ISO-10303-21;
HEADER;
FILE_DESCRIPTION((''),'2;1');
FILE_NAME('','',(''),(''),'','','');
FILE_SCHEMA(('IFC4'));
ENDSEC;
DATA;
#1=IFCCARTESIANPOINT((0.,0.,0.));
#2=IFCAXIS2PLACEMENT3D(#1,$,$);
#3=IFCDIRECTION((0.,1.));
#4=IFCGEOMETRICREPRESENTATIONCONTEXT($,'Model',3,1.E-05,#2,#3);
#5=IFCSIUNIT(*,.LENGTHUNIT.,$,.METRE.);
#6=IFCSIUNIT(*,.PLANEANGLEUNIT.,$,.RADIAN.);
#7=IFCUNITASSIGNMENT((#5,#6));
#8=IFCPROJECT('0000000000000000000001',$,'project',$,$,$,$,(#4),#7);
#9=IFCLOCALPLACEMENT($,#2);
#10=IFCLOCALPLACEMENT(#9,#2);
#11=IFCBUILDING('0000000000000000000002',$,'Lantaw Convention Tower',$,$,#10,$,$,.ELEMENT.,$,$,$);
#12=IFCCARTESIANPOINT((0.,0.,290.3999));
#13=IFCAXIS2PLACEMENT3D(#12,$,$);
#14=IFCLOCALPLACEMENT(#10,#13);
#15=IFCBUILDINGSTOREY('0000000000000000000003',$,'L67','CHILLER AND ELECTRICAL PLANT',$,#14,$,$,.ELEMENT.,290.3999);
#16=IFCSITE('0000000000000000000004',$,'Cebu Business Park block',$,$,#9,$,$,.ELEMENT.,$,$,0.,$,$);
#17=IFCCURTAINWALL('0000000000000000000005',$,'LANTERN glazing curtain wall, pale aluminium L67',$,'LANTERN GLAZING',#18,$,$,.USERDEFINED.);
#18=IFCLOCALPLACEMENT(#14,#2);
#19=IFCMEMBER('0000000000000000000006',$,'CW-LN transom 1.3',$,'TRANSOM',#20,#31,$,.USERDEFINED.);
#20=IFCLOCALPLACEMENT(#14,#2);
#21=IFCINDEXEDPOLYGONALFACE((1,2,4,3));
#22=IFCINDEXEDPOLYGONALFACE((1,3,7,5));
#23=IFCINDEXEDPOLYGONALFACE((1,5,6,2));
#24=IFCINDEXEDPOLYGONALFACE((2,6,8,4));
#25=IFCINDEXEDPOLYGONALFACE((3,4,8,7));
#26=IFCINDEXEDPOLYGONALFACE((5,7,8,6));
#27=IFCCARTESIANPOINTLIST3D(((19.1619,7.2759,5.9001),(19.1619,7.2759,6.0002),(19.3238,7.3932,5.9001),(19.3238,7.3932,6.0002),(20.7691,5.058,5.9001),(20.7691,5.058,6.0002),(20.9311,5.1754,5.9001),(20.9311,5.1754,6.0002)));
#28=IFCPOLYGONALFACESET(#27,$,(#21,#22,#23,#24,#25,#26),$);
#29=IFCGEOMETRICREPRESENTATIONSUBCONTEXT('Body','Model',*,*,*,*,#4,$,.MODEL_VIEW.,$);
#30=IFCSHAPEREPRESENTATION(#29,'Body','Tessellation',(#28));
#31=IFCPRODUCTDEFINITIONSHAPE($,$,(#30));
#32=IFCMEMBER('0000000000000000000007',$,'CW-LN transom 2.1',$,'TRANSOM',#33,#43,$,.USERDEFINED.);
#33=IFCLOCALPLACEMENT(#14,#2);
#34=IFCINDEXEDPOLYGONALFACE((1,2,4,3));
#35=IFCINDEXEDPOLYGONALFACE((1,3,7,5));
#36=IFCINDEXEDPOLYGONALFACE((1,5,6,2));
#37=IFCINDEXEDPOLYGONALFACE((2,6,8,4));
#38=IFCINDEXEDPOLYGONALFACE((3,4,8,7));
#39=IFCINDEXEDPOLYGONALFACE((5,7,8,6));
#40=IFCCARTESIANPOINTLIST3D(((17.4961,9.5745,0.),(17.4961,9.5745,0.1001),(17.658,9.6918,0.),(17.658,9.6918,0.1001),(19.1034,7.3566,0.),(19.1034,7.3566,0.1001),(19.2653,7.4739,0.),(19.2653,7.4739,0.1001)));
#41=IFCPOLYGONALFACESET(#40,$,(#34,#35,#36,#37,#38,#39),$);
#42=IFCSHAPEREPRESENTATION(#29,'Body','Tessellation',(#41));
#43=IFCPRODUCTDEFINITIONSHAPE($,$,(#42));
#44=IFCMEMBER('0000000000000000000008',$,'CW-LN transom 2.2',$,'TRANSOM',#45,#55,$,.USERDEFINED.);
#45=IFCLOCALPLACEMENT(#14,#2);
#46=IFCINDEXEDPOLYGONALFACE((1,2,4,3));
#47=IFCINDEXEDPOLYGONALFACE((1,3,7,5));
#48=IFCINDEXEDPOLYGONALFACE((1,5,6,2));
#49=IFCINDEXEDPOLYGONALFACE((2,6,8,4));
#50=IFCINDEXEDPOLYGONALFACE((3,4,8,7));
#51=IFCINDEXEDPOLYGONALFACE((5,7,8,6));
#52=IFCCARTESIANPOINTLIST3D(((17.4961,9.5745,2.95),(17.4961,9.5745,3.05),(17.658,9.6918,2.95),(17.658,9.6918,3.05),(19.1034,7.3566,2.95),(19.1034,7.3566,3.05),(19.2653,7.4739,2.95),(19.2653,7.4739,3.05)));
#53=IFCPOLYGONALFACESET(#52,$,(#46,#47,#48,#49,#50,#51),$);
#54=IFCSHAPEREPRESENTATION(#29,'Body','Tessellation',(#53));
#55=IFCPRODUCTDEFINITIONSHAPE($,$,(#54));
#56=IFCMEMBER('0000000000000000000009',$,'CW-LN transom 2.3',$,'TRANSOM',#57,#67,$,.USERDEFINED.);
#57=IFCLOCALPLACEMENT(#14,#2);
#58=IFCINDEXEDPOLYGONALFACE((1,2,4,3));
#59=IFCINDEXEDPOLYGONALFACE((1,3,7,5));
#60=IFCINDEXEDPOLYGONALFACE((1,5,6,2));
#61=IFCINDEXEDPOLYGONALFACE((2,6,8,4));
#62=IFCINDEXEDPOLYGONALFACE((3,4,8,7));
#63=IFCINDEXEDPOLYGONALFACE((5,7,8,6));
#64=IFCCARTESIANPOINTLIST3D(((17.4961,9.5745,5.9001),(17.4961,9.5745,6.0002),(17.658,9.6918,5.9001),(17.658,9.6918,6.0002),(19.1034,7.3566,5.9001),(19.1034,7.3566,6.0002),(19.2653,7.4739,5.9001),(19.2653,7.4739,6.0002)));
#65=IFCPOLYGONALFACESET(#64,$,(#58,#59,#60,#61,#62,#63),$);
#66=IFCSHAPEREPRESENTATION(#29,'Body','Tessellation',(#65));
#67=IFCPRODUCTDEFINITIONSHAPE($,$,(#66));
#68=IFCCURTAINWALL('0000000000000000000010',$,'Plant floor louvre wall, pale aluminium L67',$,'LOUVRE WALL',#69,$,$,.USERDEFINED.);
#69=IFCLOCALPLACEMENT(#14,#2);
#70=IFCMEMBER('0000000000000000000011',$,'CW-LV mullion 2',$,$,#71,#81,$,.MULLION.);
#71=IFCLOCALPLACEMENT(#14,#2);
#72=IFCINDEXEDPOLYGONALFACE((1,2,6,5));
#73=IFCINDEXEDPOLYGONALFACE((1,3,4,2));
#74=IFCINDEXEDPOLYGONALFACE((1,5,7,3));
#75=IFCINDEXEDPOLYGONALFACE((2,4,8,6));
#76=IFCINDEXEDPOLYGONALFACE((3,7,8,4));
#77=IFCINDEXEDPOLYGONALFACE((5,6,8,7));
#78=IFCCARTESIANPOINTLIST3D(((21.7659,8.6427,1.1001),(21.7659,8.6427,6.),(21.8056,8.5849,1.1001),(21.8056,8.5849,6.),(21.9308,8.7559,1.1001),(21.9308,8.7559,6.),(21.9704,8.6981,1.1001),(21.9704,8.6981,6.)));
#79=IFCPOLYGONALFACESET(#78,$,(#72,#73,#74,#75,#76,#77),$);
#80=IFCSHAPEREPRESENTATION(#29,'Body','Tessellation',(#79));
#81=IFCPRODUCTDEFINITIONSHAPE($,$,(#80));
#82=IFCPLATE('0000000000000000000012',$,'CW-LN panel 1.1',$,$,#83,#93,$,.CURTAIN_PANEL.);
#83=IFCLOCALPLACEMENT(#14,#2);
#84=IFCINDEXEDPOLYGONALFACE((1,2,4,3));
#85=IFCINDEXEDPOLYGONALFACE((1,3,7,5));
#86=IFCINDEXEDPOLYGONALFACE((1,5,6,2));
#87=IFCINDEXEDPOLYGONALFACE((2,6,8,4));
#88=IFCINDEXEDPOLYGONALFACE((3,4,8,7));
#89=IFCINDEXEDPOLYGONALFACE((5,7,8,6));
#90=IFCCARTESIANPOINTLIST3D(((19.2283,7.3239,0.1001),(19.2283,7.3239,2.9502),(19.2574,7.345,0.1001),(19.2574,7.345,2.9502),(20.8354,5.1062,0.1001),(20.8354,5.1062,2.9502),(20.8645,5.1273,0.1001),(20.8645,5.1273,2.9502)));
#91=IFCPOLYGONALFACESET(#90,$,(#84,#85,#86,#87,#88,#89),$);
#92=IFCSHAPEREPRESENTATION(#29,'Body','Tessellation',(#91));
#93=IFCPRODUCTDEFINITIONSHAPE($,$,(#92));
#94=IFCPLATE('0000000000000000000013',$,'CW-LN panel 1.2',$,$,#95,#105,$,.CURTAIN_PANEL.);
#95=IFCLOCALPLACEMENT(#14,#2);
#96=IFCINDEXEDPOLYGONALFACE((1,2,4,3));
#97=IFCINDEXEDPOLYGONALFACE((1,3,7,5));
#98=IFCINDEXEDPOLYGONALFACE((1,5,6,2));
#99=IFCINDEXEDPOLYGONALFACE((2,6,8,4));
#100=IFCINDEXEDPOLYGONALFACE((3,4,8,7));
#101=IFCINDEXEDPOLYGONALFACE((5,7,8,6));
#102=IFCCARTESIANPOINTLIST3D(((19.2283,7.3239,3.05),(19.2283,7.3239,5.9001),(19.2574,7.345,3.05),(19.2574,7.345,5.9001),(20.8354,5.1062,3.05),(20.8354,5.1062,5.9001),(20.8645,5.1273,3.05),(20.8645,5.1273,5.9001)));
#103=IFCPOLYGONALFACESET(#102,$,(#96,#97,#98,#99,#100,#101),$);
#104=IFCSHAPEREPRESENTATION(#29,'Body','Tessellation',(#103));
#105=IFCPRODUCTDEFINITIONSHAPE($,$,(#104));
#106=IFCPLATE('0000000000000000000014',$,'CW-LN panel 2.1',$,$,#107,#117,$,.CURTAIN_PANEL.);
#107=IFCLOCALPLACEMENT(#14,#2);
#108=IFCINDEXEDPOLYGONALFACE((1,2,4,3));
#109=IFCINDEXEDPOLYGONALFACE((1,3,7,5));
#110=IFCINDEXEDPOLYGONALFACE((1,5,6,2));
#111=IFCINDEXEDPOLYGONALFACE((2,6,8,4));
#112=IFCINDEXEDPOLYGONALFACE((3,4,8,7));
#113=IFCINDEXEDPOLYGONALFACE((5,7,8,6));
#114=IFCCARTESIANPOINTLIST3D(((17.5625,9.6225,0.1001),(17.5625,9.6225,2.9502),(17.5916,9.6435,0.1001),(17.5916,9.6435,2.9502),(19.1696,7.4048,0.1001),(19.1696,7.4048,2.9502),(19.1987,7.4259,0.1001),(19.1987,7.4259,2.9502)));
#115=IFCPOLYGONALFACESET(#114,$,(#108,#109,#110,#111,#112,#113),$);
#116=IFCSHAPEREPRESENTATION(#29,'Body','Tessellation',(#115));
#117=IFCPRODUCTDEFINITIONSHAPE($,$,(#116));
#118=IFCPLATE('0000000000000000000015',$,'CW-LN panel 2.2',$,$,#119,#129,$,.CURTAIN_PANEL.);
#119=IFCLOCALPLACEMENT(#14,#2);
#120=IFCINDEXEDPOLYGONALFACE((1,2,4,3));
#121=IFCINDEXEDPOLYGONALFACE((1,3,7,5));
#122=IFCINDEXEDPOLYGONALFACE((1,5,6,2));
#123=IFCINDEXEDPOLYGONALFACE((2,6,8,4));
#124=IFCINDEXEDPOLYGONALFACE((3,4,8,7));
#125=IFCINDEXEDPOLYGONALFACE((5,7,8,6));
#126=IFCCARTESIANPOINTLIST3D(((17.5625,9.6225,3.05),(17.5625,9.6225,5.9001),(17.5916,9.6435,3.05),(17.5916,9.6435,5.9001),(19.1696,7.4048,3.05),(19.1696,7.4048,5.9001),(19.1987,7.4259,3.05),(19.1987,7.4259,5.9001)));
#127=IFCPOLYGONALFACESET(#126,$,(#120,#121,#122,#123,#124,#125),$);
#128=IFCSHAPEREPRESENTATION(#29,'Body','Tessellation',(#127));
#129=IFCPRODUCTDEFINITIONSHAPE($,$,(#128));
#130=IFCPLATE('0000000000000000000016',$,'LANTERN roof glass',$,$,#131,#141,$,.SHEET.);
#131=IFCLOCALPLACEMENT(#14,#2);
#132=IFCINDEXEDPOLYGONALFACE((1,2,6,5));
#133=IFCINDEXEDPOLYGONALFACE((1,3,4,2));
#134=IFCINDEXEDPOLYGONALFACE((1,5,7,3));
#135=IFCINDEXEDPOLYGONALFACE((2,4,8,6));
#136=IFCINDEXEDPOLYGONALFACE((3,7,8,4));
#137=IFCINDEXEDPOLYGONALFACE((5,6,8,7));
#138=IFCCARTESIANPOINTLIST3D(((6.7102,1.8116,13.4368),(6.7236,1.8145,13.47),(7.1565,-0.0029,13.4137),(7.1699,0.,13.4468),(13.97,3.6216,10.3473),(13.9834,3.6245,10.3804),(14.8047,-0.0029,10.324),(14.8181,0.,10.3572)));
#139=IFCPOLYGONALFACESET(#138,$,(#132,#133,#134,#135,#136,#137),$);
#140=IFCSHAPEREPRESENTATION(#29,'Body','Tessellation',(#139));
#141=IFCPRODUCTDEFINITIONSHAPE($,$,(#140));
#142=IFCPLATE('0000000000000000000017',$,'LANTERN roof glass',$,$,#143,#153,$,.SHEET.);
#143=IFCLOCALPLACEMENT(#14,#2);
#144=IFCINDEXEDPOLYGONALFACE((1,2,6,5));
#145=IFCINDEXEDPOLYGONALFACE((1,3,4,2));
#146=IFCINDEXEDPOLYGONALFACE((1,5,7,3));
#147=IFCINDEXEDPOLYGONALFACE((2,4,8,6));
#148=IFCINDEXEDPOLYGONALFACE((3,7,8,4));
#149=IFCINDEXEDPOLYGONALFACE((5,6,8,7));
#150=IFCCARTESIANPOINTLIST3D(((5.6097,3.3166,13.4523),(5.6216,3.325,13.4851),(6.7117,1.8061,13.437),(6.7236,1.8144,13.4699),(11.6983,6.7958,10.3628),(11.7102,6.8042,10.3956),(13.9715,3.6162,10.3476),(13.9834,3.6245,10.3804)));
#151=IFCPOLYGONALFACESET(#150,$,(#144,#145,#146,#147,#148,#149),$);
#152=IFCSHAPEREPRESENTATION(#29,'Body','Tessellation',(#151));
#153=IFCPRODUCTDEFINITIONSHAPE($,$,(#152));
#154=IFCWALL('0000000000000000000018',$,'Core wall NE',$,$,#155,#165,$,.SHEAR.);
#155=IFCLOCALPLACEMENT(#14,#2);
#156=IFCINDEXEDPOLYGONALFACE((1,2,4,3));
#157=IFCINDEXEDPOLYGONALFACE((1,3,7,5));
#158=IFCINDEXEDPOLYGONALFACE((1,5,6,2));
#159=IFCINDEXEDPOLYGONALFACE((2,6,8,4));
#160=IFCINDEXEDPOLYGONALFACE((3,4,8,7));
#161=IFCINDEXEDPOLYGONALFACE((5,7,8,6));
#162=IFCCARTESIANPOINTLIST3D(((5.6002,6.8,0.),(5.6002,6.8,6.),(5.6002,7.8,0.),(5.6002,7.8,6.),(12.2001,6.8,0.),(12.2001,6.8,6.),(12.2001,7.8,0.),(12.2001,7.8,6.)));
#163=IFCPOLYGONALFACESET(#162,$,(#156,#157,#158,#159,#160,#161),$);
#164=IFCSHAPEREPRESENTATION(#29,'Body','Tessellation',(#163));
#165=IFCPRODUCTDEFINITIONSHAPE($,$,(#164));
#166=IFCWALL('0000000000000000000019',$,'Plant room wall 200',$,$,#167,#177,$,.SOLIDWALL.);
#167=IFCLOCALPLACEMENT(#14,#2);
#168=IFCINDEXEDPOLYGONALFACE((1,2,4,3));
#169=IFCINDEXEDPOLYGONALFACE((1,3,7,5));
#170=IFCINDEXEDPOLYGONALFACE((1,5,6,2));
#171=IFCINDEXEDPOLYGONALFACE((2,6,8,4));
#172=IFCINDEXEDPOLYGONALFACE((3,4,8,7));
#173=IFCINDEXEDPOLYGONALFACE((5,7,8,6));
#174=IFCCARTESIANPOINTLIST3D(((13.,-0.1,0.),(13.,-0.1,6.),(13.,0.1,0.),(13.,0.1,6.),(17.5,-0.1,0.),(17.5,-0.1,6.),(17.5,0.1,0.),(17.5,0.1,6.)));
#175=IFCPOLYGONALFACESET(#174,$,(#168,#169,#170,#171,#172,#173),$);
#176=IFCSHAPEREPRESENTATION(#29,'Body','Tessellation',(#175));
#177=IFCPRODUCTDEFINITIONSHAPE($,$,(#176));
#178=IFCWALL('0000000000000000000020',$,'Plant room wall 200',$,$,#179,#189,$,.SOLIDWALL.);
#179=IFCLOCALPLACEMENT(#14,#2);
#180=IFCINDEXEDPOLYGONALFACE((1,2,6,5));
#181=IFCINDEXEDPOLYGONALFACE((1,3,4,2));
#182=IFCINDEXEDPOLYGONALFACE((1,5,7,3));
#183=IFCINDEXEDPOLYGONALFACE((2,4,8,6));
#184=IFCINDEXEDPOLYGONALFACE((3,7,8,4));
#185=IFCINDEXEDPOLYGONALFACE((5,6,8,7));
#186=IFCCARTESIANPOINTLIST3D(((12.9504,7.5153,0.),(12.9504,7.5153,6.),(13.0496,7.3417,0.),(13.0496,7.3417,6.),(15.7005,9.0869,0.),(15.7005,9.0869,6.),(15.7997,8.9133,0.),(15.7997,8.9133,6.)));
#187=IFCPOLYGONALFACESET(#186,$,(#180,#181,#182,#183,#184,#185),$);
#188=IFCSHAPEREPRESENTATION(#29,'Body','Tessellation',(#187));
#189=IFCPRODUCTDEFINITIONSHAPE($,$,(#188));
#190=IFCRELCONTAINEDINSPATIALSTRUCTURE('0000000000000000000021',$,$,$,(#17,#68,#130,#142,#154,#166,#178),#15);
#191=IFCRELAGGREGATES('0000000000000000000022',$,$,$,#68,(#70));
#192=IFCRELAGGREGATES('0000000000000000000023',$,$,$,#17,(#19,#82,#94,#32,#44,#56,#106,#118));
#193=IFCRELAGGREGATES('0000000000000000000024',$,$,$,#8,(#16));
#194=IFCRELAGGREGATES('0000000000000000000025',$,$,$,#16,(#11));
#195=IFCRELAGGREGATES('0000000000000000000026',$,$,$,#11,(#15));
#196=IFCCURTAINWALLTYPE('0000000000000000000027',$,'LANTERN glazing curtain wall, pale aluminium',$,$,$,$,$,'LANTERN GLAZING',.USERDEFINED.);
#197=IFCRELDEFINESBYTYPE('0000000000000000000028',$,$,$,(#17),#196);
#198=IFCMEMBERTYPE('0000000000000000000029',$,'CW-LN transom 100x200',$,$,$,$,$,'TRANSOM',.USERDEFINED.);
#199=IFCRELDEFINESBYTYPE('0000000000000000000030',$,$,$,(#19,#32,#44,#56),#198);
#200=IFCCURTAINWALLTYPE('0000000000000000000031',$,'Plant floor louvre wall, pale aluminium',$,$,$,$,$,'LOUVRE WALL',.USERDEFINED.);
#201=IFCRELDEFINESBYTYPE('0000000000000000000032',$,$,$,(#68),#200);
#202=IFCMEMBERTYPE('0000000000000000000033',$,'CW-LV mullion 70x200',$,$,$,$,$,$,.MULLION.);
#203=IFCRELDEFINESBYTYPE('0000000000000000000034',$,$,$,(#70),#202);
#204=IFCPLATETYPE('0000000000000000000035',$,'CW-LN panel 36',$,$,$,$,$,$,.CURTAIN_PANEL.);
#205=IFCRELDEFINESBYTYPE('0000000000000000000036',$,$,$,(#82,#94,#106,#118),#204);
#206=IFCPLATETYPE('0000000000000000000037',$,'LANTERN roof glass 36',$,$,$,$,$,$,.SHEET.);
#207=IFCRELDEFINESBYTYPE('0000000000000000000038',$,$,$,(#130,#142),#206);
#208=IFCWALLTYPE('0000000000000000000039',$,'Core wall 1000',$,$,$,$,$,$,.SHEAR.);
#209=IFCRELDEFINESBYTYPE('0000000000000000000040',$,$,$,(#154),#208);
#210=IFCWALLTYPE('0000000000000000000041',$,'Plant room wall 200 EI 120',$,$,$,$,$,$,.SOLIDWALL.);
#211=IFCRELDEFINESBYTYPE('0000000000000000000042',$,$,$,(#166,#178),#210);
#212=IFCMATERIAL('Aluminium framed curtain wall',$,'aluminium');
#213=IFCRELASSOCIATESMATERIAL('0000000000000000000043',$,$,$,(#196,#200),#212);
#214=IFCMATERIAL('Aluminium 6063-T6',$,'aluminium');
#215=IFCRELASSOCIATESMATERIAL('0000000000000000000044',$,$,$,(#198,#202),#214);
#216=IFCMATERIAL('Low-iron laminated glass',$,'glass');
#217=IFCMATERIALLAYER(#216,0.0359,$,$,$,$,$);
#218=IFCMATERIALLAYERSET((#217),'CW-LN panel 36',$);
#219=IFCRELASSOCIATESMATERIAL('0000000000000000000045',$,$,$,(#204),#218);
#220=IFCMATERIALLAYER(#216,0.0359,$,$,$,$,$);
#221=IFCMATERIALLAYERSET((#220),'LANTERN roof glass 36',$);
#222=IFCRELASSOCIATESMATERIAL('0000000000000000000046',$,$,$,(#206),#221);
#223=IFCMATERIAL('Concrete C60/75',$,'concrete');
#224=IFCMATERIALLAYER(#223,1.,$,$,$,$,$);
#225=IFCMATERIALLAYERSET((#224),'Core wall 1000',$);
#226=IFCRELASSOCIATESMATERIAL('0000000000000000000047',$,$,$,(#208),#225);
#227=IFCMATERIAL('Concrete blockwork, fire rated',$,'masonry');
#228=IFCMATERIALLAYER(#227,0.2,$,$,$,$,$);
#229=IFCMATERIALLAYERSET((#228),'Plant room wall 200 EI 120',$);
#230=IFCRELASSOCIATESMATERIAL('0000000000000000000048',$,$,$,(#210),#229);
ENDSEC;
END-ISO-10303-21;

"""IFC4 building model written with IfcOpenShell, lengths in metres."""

from ifc_helpers import new_model, si_unit, direction, frame, frame_2d, origin, origin_2d, place, context, subcontext, project, spatial, polyline, rectangle, outline, extrude, material, layer, layer_set, material_profile, profile_set, type_object, element, aggregate, save


model = new_model("IFC4")

# Units and contexts
model_context = context("Model", 3, precision=1e-05, world=origin(), true_north=direction((0.0, 1.0)))
body_context = subcontext(model_context, "Body", "Model", "MODEL_VIEW")
ifc_project = project(units=[si_unit("LENGTHUNIT", "METRE"), si_unit("PLANEANGLEUNIT", "RADIAN")], contexts=[model_context])

# Site, building, storey
site_placement = place(None, origin())
site = spatial("IfcSite", under=ifc_project, at=site_placement, Name="Cebu Business Park block", CompositionType="ELEMENT", RefElevation=0.0)
building_placement = place(site_placement, origin())
building = spatial("IfcBuilding", under=site, at=building_placement, Name="Lantaw Convention Tower", CompositionType="ELEMENT")
storey_placement = place(building_placement, frame((0.0, 0.0, 290.3999)))
storey = spatial("IfcBuildingStorey", under=building, at=storey_placement, Name="L67", Description="CHILLER AND ELECTRICAL PLANT", CompositionType="ELEMENT", Elevation=290.3999)

# Curtain wall, members
ifc_material_1 = material(Name="Aluminium framed curtain wall", Category="aluminium")
curtain_wall_type_1 = type_object("IfcCurtainWallType", Name="LANTERN glazing curtain wall, pale aluminium", ElementType="LANTERN GLAZING", PredefinedType="USERDEFINED", material=ifc_material_1)
curtain_wall_1_placement = place(storey_placement, origin())
curtain_wall_1 = element("IfcCurtainWall", 1, at=curtain_wall_1_placement, inside=storey, type_object=curtain_wall_type_1, Name="LANTERN glazing curtain wall, pale aluminium L67", ObjectType="LANTERN GLAZING", PredefinedType="USERDEFINED")
ifc_material_2 = material(Name="Aluminium 6063-T6", Category="aluminium")
ifc_material_profile_1 = material_profile(ifc_material_2, rectangle(XDim=0.2, YDim=0.1001, at=origin_2d()), Name="CW-LN transom 100x200")
ifc_profile_set_1 = profile_set([ifc_material_profile_1], Name="Aluminium 6063-T6")
member_type_1 = type_object("IfcMemberType", Name="CW-LN transom 100x200", ElementType="TRANSOM", PredefinedType="USERDEFINED", material=ifc_profile_set_1)
member_1_placement = place(storey_placement, frame((20.8501, 5.1167, 5.9502), z_axis=(-0.586798, 0.809733, 0.0), x_axis=(-0.809733, -0.586798, 0.0)))
member_1 = element("IfcMember", 2, at=member_1_placement, type_object=member_type_1, Name="CW-LN transom 1.3", ObjectType="TRANSOM", PredefinedType="USERDEFINED", context=body_context, shape_type="SweptSolid", body=[
    extrude(rectangle(XDim=0.2, YDim=0.1001, at=origin_2d()), origin(), (0.0, 0.0, 1.0), 2.739),
])
member_2_placement = place(storey_placement, frame((19.1843, 7.4153, 0.05), z_axis=(-0.586798, 0.809733, 0.0), x_axis=(-0.809733, -0.586798, 0.0)))
member_2 = element("IfcMember", 3, at=member_2_placement, type_object=member_type_1, Name="CW-LN transom 2.1", ObjectType="TRANSOM", PredefinedType="USERDEFINED", context=body_context, shape_type="SweptSolid", body=[
    extrude(rectangle(XDim=0.2, YDim=0.1001, at=origin_2d()), origin(), (0.0, 0.0, 1.0), 2.739),
])
member_3_placement = place(storey_placement, frame((19.1843, 7.4153, 3.0), z_axis=(-0.586798, 0.809733, 0.0), x_axis=(-0.809733, -0.586798, 0.0)))
member_3 = element("IfcMember", 4, at=member_3_placement, type_object=member_type_1, Name="CW-LN transom 2.2", ObjectType="TRANSOM", PredefinedType="USERDEFINED", context=body_context, shape_type="SweptSolid", body=[
    extrude(rectangle(XDim=0.2, YDim=0.1001, at=origin_2d()), origin(), (0.0, 0.0, 1.0), 2.739),
])
member_4_placement = place(storey_placement, frame((19.1843, 7.4153, 5.9502), z_axis=(-0.586798, 0.809733, 0.0), x_axis=(-0.809733, -0.586798, 0.0)))
member_4 = element("IfcMember", 5, at=member_4_placement, type_object=member_type_1, Name="CW-LN transom 2.3", ObjectType="TRANSOM", PredefinedType="USERDEFINED", context=body_context, shape_type="SweptSolid", body=[
    extrude(rectangle(XDim=0.2, YDim=0.1001, at=origin_2d()), origin(), (0.0, 0.0, 1.0), 2.739),
])

# Curtain wall, member
curtain_wall_type_2 = type_object("IfcCurtainWallType", Name="Plant floor louvre wall, pale aluminium", ElementType="LOUVRE WALL", PredefinedType="USERDEFINED", material=ifc_material_1)
curtain_wall_2_placement = place(storey_placement, origin())
curtain_wall_2 = element("IfcCurtainWall", 6, at=curtain_wall_2_placement, inside=storey, type_object=curtain_wall_type_2, Name="Plant floor louvre wall, pale aluminium L67", ObjectType="LOUVRE WALL", PredefinedType="USERDEFINED")
ifc_material_profile_2 = material_profile(ifc_material_2, rectangle(XDim=0.2, YDim=0.0701, at=origin_2d()), Name="CW-LV mullion 70x200")
ifc_profile_set_2 = profile_set([ifc_material_profile_2], Name="Aluminium 6063-T6")
member_type_2 = type_object("IfcMemberType", Name="CW-LV mullion 70x200", PredefinedType="MULLION", material=ifc_profile_set_2)
member_5_placement = place(storey_placement, frame((21.8682, 8.6704, 1.1001), z_axis=(0.0, 0.0, 1.0), x_axis=(-0.82445, -0.565935, 0.0)))
member_5 = element("IfcMember", 7, at=member_5_placement, type_object=member_type_2, Name="CW-LV mullion 2", PredefinedType="MULLION", context=body_context, shape_type="SweptSolid", body=[
    extrude(rectangle(XDim=0.2, YDim=0.0701, at=origin_2d()), origin(), (0.0, 0.0, 1.0), 4.8999),
])
aggregate(curtain_wall_2, [member_5])

# Plates
ifc_material_3 = material(Name="Low-iron laminated glass", Category="glass")
ifc_layer_1 = layer(ifc_material_3, 0.0359)
ifc_layer_set_1 = layer_set([ifc_layer_1], Name="CW-LN panel 36")
plate_type_1 = type_object("IfcPlateType", Name="CW-LN panel 36", PredefinedType="CURTAIN_PANEL", material=ifc_layer_set_1)
plate_1_placement = place(storey_placement, frame((20.0464, 6.2256, 0.1001), z_axis=(0.0, 0.0, 1.0), x_axis=(-0.586786, 0.809742, 0.0)))
plate_1 = element("IfcPlate", 8, at=plate_1_placement, type_object=plate_type_1, Name="CW-LN panel 1.1", PredefinedType="CURTAIN_PANEL", context=body_context, shape_type="SweptSolid", body=[
    extrude(rectangle(XDim=2.7388, YDim=0.0359, at=origin_2d()), origin(), (0.0, 0.0, 1.0), 2.8501),
])
plate_2_placement = place(storey_placement, frame((20.0464, 6.2256, 3.05), z_axis=(0.0, 0.0, 1.0), x_axis=(-0.586786, 0.809742, 0.0)))
plate_2 = element("IfcPlate", 9, at=plate_2_placement, type_object=plate_type_1, Name="CW-LN panel 1.2", PredefinedType="CURTAIN_PANEL", context=body_context, shape_type="SweptSolid", body=[
    extrude(rectangle(XDim=2.7388, YDim=0.0359, at=origin_2d()), origin(), (0.0, 0.0, 1.0), 2.8501),
])
plate_3_placement = place(storey_placement, frame((18.3806, 8.5242, 0.1001), z_axis=(0.0, 0.0, 1.0), x_axis=(-0.586786, 0.809742, 0.0)))
plate_3 = element("IfcPlate", 10, at=plate_3_placement, type_object=plate_type_1, Name="CW-LN panel 2.1", PredefinedType="CURTAIN_PANEL", context=body_context, shape_type="SweptSolid", body=[
    extrude(rectangle(XDim=2.7388, YDim=0.0359, at=origin_2d()), origin(), (0.0, 0.0, 1.0), 2.8501),
])
plate_4_placement = place(storey_placement, frame((18.3806, 8.5242, 3.05), z_axis=(0.0, 0.0, 1.0), x_axis=(-0.586786, 0.809742, 0.0)))
plate_4 = element("IfcPlate", 11, at=plate_4_placement, type_object=plate_type_1, Name="CW-LN panel 2.2", PredefinedType="CURTAIN_PANEL", context=body_context, shape_type="SweptSolid", body=[
    extrude(rectangle(XDim=2.7388, YDim=0.0359, at=origin_2d()), origin(), (0.0, 0.0, 1.0), 2.8501),
])
aggregate(curtain_wall_1, [member_1, plate_1, plate_2, member_2, member_3, member_4, plate_3, plate_4])

# Plates
ifc_layer_2 = layer(ifc_material_3, 0.0359)
ifc_layer_set_2 = layer_set([ifc_layer_2], Name="LANTERN roof glass 36")
plate_type_2 = type_object("IfcPlateType", Name="LANTERN roof glass 36", PredefinedType="SHEET", material=ifc_layer_set_2)
plate_5_placement = place(storey_placement, frame((14.8181, 0.0, 10.3572), z_axis=(0.373362, 0.080053, 0.924225), x_axis=(-0.224413, 0.974474, 0.006251)))
element("IfcPlate", 12, at=plate_5_placement, inside=storey, type_object=plate_type_2, Name="LANTERN roof glass", PredefinedType="SHEET", context=body_context, shape_type="SweptSolid", body=[
    extrude(outline(polyline([(0.0, 0.0), (3.7195, 0.0), (3.6041, 8.094), (1.7357, 8.064), (0.0, 0.0)])), origin(), (0.0, 0.0, -1.0), 0.0359),
])
plate_6_placement = place(storey_placement, frame((13.9834, 3.6245, 10.3804), z_axis=(0.331221, 0.232409, 0.914483), x_axis=(-0.581581, 0.813479, 0.003906)))
element("IfcPlate", 13, at=plate_6_placement, inside=storey, type_object=plate_type_2, Name="LANTERN roof glass", PredefinedType="SHEET", context=body_context, shape_type="SweptSolid", body=[
    extrude(outline(polyline([(0.0, 0.0), (3.9087, 0.0), (4.6315, 7.6288), (2.7618, 7.6091), (0.0, 0.0)])), origin(), (0.0, 0.0, -1.0), 0.0359),
])

# Walls
ifc_material_4 = material(Name="Concrete C60/75", Category="concrete")
ifc_layer_3 = layer(ifc_material_4, 1.0)
ifc_layer_set_3 = layer_set([ifc_layer_3], Name="Core wall 1000")
wall_type_1 = type_object("IfcWallType", Name="Core wall 1000", PredefinedType="SHEAR", material=ifc_layer_set_3)
wall_1_placement = place(storey_placement, frame((12.2, 7.3, 0.0), z_axis=(0.0, 0.0, 1.0), x_axis=(-1.0, 0.0, 0.0)))
element("IfcWall", 14, at=wall_1_placement, inside=storey, type_object=wall_type_1, Name="Core wall NE", PredefinedType="SHEAR", context=body_context, shape_type="SweptSolid", body=[
    extrude(rectangle(XDim=6.5999, YDim=1.0, at=frame_2d((3.2998, 0.0))), origin(), (0.0, 0.0, 1.0), 6.0),
])
ifc_material_5 = material(Name="Concrete blockwork, fire rated", Category="masonry")
ifc_layer_4 = layer(ifc_material_5, 0.2)
ifc_layer_set_4 = layer_set([ifc_layer_4], Name="Plant room wall 200 EI 120")
wall_type_2 = type_object("IfcWallType", Name="Plant room wall 200 EI 120", PredefinedType="SOLIDWALL", material=ifc_layer_set_4)
wall_2_placement = place(storey_placement, frame((13.0, 0.0, 0.0), z_axis=(0.0, 0.0, 1.0), x_axis=(1.0, 0.0, 0.0)))
element("IfcWall", 15, at=wall_2_placement, inside=storey, type_object=wall_type_2, Name="Plant room wall 200", PredefinedType="SOLIDWALL", context=body_context, shape_type="SweptSolid", body=[
    extrude(rectangle(XDim=4.5, YDim=0.2, at=frame_2d((2.25, 0.0))), origin(), (0.0, 0.0, 1.0), 6.0),
])
wall_3_placement = place(storey_placement, frame((13.0, 7.4285, 0.0), z_axis=(0.0, 0.0, 1.0), x_axis=(0.868229, 0.496164, 0.0)))
element("IfcWall", 16, at=wall_3_placement, inside=storey, type_object=wall_type_2, Name="Plant room wall 200", PredefinedType="SOLIDWALL", context=body_context, shape_type="SweptSolid", body=[
    extrude(rectangle(XDim=3.1675, YDim=0.2, at=frame_2d((1.5837, 0.0))), origin(), (0.0, 0.0, 1.0), 6.0),
])

save(model, "model.ifc")
